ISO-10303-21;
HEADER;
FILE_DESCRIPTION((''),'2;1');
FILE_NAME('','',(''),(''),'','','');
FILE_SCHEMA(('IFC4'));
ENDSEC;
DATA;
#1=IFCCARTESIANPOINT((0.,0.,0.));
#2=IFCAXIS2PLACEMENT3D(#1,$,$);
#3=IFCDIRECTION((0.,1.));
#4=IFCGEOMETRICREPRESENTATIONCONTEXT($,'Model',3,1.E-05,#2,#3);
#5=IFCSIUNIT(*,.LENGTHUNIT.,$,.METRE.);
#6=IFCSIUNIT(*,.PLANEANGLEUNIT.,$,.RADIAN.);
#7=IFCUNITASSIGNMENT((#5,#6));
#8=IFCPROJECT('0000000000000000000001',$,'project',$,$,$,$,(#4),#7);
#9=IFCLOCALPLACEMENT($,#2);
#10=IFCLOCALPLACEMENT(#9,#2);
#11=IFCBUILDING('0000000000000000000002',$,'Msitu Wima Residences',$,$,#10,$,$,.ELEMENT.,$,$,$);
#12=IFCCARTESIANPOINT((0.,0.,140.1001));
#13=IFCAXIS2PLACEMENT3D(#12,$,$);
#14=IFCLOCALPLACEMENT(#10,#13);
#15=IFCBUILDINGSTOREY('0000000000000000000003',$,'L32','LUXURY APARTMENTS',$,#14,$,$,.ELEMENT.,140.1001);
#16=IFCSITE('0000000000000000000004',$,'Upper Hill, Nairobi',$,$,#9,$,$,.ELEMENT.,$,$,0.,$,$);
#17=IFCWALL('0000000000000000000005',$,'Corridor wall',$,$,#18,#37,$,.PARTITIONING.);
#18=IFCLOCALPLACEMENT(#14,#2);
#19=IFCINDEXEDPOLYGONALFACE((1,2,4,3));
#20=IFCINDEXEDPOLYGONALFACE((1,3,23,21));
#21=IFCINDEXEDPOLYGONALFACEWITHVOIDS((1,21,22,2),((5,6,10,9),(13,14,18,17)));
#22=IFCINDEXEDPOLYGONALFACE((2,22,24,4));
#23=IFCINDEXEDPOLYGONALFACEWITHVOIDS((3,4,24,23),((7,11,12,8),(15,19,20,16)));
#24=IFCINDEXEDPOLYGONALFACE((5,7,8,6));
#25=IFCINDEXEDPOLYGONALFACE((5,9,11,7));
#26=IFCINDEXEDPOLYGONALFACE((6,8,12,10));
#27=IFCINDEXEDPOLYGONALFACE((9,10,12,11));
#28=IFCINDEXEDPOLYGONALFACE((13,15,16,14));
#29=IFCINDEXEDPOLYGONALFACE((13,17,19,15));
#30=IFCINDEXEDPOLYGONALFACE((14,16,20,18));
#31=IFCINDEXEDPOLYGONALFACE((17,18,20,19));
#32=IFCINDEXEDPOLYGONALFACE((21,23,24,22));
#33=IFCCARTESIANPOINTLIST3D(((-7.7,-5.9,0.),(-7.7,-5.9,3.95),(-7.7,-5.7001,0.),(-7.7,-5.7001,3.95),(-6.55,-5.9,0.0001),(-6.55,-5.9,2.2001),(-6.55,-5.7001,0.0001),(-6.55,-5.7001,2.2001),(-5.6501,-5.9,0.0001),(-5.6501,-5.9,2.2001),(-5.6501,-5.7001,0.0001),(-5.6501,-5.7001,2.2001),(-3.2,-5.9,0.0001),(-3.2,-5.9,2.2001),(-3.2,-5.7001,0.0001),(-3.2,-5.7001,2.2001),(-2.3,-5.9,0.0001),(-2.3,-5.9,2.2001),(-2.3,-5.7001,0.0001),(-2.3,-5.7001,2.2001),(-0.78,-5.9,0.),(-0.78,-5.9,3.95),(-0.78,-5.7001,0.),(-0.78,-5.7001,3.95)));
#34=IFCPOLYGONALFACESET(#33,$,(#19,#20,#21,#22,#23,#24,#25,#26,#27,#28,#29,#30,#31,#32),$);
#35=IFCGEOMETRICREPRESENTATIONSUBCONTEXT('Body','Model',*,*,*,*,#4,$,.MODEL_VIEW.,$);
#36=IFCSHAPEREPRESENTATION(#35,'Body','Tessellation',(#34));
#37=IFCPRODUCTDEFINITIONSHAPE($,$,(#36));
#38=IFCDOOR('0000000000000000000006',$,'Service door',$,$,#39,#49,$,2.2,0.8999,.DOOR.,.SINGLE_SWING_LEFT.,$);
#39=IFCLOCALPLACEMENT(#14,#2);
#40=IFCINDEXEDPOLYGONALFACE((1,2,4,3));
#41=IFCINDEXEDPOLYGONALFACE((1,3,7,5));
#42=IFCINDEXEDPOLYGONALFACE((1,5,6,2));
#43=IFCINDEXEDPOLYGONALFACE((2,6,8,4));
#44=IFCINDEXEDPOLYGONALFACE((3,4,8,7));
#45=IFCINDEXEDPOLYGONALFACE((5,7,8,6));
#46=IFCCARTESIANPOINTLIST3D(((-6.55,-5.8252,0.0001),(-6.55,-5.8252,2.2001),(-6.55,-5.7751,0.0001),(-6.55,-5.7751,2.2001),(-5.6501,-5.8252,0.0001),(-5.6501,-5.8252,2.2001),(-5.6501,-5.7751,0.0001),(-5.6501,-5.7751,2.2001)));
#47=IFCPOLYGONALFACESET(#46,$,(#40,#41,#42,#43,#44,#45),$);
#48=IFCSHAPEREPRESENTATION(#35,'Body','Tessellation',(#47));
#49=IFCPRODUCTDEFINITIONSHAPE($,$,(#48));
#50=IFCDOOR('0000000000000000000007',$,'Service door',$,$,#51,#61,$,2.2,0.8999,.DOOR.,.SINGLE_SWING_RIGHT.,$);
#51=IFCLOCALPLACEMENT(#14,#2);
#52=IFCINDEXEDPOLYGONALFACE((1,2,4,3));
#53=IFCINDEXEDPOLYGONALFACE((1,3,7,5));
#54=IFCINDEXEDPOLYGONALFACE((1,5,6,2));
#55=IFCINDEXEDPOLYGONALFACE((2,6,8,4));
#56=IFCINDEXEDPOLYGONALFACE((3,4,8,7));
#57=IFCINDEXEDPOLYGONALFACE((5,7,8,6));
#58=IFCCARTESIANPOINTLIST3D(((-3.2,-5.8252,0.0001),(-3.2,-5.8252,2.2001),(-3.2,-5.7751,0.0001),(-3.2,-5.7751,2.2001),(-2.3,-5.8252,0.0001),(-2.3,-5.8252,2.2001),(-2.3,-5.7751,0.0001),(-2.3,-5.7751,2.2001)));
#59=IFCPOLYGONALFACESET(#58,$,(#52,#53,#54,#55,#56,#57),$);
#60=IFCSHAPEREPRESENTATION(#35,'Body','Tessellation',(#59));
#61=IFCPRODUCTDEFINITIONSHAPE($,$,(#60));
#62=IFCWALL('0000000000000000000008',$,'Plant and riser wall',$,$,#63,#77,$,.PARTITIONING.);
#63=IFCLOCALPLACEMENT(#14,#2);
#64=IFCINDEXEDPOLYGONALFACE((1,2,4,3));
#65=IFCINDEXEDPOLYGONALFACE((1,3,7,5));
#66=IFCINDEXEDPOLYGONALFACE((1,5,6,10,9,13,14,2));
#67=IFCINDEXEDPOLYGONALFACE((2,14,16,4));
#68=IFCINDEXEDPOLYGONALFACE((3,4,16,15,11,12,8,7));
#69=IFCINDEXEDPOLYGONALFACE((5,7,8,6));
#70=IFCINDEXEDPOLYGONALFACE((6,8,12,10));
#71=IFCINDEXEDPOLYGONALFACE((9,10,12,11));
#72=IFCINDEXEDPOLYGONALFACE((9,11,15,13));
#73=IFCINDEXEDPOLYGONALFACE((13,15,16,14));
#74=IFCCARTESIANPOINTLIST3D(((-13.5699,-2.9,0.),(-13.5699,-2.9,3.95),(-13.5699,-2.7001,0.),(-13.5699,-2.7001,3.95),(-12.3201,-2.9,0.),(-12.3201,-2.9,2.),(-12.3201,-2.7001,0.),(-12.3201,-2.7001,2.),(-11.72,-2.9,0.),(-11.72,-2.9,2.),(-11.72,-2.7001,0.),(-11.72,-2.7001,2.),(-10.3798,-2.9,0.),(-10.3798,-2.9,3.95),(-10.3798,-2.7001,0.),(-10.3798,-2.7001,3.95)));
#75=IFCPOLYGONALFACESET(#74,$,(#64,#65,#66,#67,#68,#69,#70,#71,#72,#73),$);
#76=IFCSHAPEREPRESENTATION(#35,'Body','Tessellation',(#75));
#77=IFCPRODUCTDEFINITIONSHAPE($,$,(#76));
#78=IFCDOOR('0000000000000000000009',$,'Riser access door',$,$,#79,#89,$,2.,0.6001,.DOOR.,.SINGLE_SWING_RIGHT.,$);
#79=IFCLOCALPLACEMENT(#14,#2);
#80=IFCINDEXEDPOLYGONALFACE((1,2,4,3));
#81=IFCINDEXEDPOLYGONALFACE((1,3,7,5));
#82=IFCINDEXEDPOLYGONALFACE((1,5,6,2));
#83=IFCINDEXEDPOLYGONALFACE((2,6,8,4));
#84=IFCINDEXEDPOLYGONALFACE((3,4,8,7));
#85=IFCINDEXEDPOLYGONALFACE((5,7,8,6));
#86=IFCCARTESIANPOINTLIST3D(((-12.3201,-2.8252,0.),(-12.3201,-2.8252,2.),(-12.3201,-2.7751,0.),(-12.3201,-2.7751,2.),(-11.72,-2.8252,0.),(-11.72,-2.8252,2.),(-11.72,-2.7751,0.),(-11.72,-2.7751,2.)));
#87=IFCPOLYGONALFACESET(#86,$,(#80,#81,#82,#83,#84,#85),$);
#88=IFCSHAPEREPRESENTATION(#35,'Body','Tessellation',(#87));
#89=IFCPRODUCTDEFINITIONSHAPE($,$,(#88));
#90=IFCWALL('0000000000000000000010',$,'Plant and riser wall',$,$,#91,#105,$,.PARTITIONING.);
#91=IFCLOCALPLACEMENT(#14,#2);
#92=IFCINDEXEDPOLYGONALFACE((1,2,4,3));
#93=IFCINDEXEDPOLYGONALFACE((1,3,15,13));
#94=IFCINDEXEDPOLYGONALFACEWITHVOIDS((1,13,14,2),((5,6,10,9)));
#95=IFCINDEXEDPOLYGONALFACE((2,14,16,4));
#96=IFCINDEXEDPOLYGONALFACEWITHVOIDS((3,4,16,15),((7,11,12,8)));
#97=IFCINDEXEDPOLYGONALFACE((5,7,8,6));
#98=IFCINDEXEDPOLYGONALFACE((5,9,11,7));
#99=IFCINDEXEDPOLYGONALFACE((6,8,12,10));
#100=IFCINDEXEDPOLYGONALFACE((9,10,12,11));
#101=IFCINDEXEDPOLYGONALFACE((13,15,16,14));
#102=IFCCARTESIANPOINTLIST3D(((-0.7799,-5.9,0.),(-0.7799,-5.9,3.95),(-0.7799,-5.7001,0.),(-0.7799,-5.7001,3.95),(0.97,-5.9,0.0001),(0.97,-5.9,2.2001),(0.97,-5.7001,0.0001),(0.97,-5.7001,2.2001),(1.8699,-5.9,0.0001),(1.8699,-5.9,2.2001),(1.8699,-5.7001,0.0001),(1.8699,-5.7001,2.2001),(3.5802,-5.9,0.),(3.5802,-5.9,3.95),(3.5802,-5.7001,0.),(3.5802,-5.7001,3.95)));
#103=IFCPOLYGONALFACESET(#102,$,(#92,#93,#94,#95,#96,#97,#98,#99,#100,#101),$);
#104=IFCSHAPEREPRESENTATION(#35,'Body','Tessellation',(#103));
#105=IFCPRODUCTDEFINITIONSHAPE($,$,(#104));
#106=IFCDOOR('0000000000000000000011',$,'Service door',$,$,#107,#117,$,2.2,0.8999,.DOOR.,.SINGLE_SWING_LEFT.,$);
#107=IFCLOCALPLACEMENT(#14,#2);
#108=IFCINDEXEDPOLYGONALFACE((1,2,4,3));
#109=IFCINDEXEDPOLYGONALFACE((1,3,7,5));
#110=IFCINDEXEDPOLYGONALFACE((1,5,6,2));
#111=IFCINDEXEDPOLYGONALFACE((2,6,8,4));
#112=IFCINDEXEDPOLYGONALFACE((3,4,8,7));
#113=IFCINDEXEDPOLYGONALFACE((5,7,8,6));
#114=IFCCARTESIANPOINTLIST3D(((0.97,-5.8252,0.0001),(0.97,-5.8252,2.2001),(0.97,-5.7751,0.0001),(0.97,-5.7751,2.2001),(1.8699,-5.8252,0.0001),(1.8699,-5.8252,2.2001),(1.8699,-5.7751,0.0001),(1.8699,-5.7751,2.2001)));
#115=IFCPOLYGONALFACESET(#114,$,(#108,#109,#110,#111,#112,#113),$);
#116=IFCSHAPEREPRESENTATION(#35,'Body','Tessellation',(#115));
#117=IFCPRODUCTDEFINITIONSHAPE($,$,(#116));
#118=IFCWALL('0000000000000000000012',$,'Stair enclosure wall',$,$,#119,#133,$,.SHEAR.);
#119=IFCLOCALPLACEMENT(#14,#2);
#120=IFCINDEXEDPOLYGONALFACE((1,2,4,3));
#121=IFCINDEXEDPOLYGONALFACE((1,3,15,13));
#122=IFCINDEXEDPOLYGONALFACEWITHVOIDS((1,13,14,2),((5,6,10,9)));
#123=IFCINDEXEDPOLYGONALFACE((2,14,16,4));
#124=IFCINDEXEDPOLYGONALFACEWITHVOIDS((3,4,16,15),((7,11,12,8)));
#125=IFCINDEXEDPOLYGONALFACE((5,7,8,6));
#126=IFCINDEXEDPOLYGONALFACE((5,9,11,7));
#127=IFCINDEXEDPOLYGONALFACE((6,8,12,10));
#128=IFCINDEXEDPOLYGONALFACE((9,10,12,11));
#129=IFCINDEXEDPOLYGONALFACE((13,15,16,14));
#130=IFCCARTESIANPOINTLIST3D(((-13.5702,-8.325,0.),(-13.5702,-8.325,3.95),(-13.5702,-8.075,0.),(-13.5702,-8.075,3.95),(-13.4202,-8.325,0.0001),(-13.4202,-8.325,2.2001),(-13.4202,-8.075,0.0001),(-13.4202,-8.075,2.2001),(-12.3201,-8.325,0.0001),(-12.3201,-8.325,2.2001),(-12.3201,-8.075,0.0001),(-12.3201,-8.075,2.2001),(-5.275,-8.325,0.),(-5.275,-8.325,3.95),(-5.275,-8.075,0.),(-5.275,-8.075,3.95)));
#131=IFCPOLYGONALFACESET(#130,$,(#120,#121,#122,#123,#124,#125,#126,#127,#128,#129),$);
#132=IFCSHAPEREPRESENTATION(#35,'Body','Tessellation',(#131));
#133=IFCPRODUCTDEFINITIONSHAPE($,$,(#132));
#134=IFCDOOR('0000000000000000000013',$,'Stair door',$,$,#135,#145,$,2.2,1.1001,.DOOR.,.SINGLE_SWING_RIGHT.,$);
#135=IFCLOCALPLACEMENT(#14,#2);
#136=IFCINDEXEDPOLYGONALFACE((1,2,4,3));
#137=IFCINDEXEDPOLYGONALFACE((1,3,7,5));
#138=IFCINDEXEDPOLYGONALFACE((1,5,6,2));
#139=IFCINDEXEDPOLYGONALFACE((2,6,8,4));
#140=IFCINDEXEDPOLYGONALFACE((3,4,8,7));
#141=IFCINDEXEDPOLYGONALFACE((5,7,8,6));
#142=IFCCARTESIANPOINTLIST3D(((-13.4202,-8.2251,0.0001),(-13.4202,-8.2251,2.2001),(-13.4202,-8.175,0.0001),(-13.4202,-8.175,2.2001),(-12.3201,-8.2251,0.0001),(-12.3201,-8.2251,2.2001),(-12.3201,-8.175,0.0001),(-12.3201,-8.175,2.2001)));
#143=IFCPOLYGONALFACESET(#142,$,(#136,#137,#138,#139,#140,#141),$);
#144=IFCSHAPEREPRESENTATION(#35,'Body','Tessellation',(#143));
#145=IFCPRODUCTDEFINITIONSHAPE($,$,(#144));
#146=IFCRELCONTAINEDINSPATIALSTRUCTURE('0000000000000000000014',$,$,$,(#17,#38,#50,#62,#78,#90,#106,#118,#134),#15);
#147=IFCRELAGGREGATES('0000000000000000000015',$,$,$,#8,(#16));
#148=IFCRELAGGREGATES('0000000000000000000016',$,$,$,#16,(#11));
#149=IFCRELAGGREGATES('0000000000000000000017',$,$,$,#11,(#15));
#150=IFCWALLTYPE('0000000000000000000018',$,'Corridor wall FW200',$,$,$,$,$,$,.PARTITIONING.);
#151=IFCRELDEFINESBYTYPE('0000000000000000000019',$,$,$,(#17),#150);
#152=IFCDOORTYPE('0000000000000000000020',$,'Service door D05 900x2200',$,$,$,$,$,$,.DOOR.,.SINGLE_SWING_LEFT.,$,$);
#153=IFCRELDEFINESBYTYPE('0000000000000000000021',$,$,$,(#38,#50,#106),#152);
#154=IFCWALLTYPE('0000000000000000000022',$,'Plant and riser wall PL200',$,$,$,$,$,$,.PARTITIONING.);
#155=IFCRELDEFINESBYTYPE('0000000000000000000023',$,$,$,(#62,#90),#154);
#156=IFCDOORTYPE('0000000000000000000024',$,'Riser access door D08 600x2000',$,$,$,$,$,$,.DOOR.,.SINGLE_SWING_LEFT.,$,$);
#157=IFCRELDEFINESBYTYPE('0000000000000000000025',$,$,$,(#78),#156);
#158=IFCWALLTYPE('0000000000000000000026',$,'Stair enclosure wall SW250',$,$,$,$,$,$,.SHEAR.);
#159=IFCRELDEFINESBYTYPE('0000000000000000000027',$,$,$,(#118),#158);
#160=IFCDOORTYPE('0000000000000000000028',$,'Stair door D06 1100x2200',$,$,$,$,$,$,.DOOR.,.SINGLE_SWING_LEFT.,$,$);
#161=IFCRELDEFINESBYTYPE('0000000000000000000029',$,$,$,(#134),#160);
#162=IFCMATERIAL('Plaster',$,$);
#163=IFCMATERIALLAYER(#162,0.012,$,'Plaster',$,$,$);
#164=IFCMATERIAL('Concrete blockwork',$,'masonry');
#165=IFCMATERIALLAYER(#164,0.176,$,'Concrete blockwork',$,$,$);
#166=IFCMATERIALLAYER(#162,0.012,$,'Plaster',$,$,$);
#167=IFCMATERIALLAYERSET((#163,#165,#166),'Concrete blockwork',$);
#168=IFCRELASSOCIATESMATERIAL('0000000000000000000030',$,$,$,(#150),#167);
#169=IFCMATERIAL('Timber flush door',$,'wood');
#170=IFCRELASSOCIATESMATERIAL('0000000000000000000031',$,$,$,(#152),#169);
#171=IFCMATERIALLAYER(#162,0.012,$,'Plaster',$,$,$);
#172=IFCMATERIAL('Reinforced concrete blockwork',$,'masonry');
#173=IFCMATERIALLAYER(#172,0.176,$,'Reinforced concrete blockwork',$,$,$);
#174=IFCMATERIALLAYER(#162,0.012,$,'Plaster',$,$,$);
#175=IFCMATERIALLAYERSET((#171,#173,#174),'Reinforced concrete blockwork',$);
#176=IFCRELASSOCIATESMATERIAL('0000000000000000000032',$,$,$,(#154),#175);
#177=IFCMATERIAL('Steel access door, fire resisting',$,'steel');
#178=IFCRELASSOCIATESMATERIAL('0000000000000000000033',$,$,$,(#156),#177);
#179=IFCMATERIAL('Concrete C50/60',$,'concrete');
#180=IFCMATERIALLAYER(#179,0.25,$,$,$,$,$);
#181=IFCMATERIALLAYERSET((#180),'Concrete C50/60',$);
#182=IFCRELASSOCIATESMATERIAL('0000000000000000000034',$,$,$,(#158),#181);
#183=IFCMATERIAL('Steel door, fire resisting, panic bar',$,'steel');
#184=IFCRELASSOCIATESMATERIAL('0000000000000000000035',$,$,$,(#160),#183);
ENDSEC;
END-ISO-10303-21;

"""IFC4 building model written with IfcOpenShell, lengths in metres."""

from ifc_helpers import new_model, si_unit, direction, frame, frame_2d, origin, place, context, subcontext, project, spatial, rectangle, extrude, material, layer, layer_set, type_object, element, fill, save


model = new_model("IFC4")

# Units and contexts
model_context = context("Model", 3, precision=1e-05, world=origin(), true_north=direction((0.0, 1.0)))
body_context = subcontext(model_context, "Body", "Model", "MODEL_VIEW")
ifc_project = project(units=[si_unit("LENGTHUNIT", "METRE"), si_unit("PLANEANGLEUNIT", "RADIAN")], contexts=[model_context])

# Site, building, storey
site_placement = place(None, origin())
site = spatial("IfcSite", under=ifc_project, at=site_placement, Name="Upper Hill, Nairobi", CompositionType="ELEMENT", RefElevation=0.0)
building_placement = place(site_placement, origin())
building = spatial("IfcBuilding", under=site, at=building_placement, Name="Msitu Wima Residences", CompositionType="ELEMENT")
storey_placement = place(building_placement, frame((0.0, 0.0, 140.1001)))
storey = spatial("IfcBuildingStorey", under=building, at=storey_placement, Name="L32", Description="LUXURY APARTMENTS", CompositionType="ELEMENT", Elevation=140.1001)

# Shared definitions
ifc_material_1 = material(Name="Plaster")
ifc_layer_1 = layer(ifc_material_1, 0.012, Name="Plaster")
ifc_material_2 = material(Name="Concrete blockwork", Category="masonry")
ifc_layer_2 = layer(ifc_material_2, 0.176, Name="Concrete blockwork")
ifc_layer_3 = layer(ifc_material_1, 0.012, Name="Plaster")
ifc_layer_set_1 = layer_set([ifc_layer_1, ifc_layer_2, ifc_layer_3], Name="Concrete blockwork")
wall_type_1 = type_object("IfcWallType", Name="Corridor wall FW200", PredefinedType="PARTITIONING", material=ifc_layer_set_1)

# Wall, openings, doors
wall_1_placement = place(storey_placement, frame((-7.7, -5.8, 0.0), z_axis=(0.0, 0.0, 1.0), x_axis=(1.0, 0.0, 0.0)))
wall_1 = element("IfcWall", 1, at=wall_1_placement, inside=storey, type_object=wall_type_1, Name="Corridor wall", PredefinedType="PARTITIONING", context=body_context, shape_type="SweptSolid", body=[
    extrude(rectangle(XDim=6.9199, YDim=0.2, at=frame_2d((3.46, 0.0))), origin(), (0.0, 0.0, 1.0), 3.95),
])
opening_1_placement = place(wall_1_placement, frame((1.1499, 0.0, 0.0)))
opening_1 = element("IfcOpeningElement", 2, at=opening_1_placement, cuts=wall_1, PredefinedType="OPENING", context=body_context, shape_type="SweptSolid", body=[
    extrude(rectangle(XDim=0.8999, YDim=2.2, at=frame_2d((0.45, 1.1001))), frame((0.0, 0.1099, 0.0), z_axis=(0.0, -1.0, 0.0), x_axis=(1.0, 0.0, 0.0)), (0.0, 0.0, 1.0), 0.22),
])
opening_2_placement = place(wall_1_placement, frame((4.5, 0.0, 0.0)))
opening_2 = element("IfcOpeningElement", 3, at=opening_2_placement, cuts=wall_1, PredefinedType="OPENING", context=body_context, shape_type="SweptSolid", body=[
    extrude(rectangle(XDim=0.8999, YDim=2.2, at=frame_2d((0.45, 1.1001))), frame((0.0, 0.1099, 0.0), z_axis=(0.0, -1.0, 0.0), x_axis=(1.0, 0.0, 0.0)), (0.0, 0.0, 1.0), 0.22),
])
ifc_material_3 = material(Name="Timber flush door", Category="wood")
door_type_1 = type_object("IfcDoorType", Name="Service door D05 900x2200", OperationType="SINGLE_SWING_LEFT", PredefinedType="DOOR", material=ifc_material_3)
door_1_placement = place(opening_1_placement, origin())
door_1 = element("IfcDoor", 4, at=door_1_placement, inside=storey, type_object=door_type_1, Name="Service door", OperationType="SINGLE_SWING_LEFT", OverallHeight=2.2, OverallWidth=0.8999, PredefinedType="DOOR", context=body_context, shape_type="SweptSolid", body=[
    extrude(rectangle(XDim=0.8999, YDim=2.2, at=frame_2d((0.45, 1.1001))), frame((0.0, 0.0249, 0.0), z_axis=(0.0, -1.0, 0.0), x_axis=(1.0, 0.0, 0.0)), (0.0, 0.0, 1.0), 0.05),
])
fill(opening_1, door_1)
door_2_placement = place(opening_2_placement, origin())
door_2 = element("IfcDoor", 5, at=door_2_placement, inside=storey, type_object=door_type_1, Name="Service door", OperationType="SINGLE_SWING_RIGHT", OverallHeight=2.2, OverallWidth=0.8999, PredefinedType="DOOR", context=body_context, shape_type="SweptSolid", body=[
    extrude(rectangle(XDim=0.8999, YDim=2.2, at=frame_2d((0.45, 1.1001))), frame((0.0, 0.0249, 0.0), z_axis=(0.0, -1.0, 0.0), x_axis=(1.0, 0.0, 0.0)), (0.0, 0.0, 1.0), 0.05),
])
fill(opening_2, door_2)

# Walls, openings, doors
ifc_layer_4 = layer(ifc_material_1, 0.012, Name="Plaster")
ifc_material_4 = material(Name="Reinforced concrete blockwork", Category="masonry")
ifc_layer_5 = layer(ifc_material_4, 0.176, Name="Reinforced concrete blockwork")
ifc_layer_6 = layer(ifc_material_1, 0.012, Name="Plaster")
ifc_layer_set_2 = layer_set([ifc_layer_4, ifc_layer_5, ifc_layer_6], Name="Reinforced concrete blockwork")
wall_type_2 = type_object("IfcWallType", Name="Plant and riser wall PL200", PredefinedType="PARTITIONING", material=ifc_layer_set_2)
wall_2_placement = place(storey_placement, frame((-13.5701, -2.8, 0.0), z_axis=(0.0, 0.0, 1.0), x_axis=(1.0, 0.0, 0.0)))
wall_2 = element("IfcWall", 6, at=wall_2_placement, inside=storey, type_object=wall_type_2, Name="Plant and riser wall", PredefinedType="PARTITIONING", context=body_context, shape_type="SweptSolid", body=[
    extrude(rectangle(XDim=3.1902, YDim=0.2, at=frame_2d((1.5952, 0.0))), origin(), (0.0, 0.0, 1.0), 3.95),
])
opening_3_placement = place(wall_2_placement, frame((1.25, 0.0, 0.0)))
opening_3 = element("IfcOpeningElement", 7, at=opening_3_placement, cuts=wall_2, PredefinedType="OPENING", context=body_context, shape_type="SweptSolid", body=[
    extrude(rectangle(XDim=0.6001, YDim=2.0, at=frame_2d((0.3, 1.0))), frame((0.0, 0.1099, 0.0), z_axis=(0.0, -1.0, 0.0), x_axis=(1.0, 0.0, 0.0)), (0.0, 0.0, 1.0), 0.22),
])
ifc_material_5 = material(Name="Steel access door, fire resisting", Category="steel")
door_type_2 = type_object("IfcDoorType", Name="Riser access door D08 600x2000", OperationType="SINGLE_SWING_LEFT", PredefinedType="DOOR", material=ifc_material_5)
door_3_placement = place(opening_3_placement, origin())
door_3 = element("IfcDoor", 8, at=door_3_placement, inside=storey, type_object=door_type_2, Name="Riser access door", OperationType="SINGLE_SWING_RIGHT", OverallHeight=2.0, OverallWidth=0.6001, PredefinedType="DOOR", context=body_context, shape_type="SweptSolid", body=[
    extrude(rectangle(XDim=0.6001, YDim=2.0, at=frame_2d((0.3, 1.0))), frame((0.0, 0.0249, 0.0), z_axis=(0.0, -1.0, 0.0), x_axis=(1.0, 0.0, 0.0)), (0.0, 0.0, 1.0), 0.05),
])
fill(opening_3, door_3)
wall_3_placement = place(storey_placement, frame((-0.78, -5.8, 0.0), z_axis=(0.0, 0.0, 1.0), x_axis=(1.0, 0.0, 0.0)))
wall_3 = element("IfcWall", 9, at=wall_3_placement, inside=storey, type_object=wall_type_2, Name="Plant and riser wall", PredefinedType="PARTITIONING", context=body_context, shape_type="SweptSolid", body=[
    extrude(rectangle(XDim=4.3601, YDim=0.2, at=frame_2d((2.1802, 0.0))), origin(), (0.0, 0.0, 1.0), 3.95),
])
opening_4_placement = place(wall_3_placement, frame((1.75, 0.0, 0.0)))
opening_4 = element("IfcOpeningElement", 10, at=opening_4_placement, cuts=wall_3, PredefinedType="OPENING", context=body_context, shape_type="SweptSolid", body=[
    extrude(rectangle(XDim=0.8999, YDim=2.2, at=frame_2d((0.45, 1.1001))), frame((0.0, 0.1099, 0.0), z_axis=(0.0, -1.0, 0.0), x_axis=(1.0, 0.0, 0.0)), (0.0, 0.0, 1.0), 0.22),
])
door_4_placement = place(opening_4_placement, origin())
door_4 = element("IfcDoor", 11, at=door_4_placement, inside=storey, type_object=door_type_1, Name="Service door", OperationType="SINGLE_SWING_LEFT", OverallHeight=2.2, OverallWidth=0.8999, PredefinedType="DOOR", context=body_context, shape_type="SweptSolid", body=[
    extrude(rectangle(XDim=0.8999, YDim=2.2, at=frame_2d((0.45, 1.1001))), frame((0.0, 0.0249, 0.0), z_axis=(0.0, -1.0, 0.0), x_axis=(1.0, 0.0, 0.0)), (0.0, 0.0, 1.0), 0.05),
])
fill(opening_4, door_4)
ifc_material_6 = material(Name="Concrete C50/60", Category="concrete")
ifc_layer_7 = layer(ifc_material_6, 0.25)
ifc_layer_set_3 = layer_set([ifc_layer_7], Name="Concrete C50/60")
wall_type_3 = type_object("IfcWallType", Name="Stair enclosure wall SW250", PredefinedType="SHEAR", material=ifc_layer_set_3)
wall_4_placement = place(storey_placement, frame((-13.5701, -8.2, 0.0), z_axis=(0.0, 0.0, 1.0), x_axis=(1.0, 0.0, 0.0)))
wall_4 = element("IfcWall", 12, at=wall_4_placement, inside=storey, type_object=wall_type_3, Name="Stair enclosure wall", PredefinedType="SHEAR", context=body_context, shape_type="SweptSolid", body=[
    extrude(rectangle(XDim=8.2952, YDim=0.25, at=frame_2d((4.1475, 0.0))), origin(), (0.0, 0.0, 1.0), 3.95),
])
opening_5_placement = place(wall_4_placement, frame((0.1499, 0.0, 0.0)))
opening_5 = element("IfcOpeningElement", 13, at=opening_5_placement, cuts=wall_4, PredefinedType="OPENING", context=body_context, shape_type="SweptSolid", body=[
    extrude(rectangle(XDim=1.1001, YDim=2.2, at=frame_2d((0.55, 1.1001))), frame((0.0, 0.135, 0.0), z_axis=(0.0, -1.0, 0.0), x_axis=(1.0, 0.0, 0.0)), (0.0, 0.0, 1.0), 0.27),
])
ifc_material_7 = material(Name="Steel door, fire resisting, panic bar", Category="steel")
door_type_3 = type_object("IfcDoorType", Name="Stair door D06 1100x2200", OperationType="SINGLE_SWING_LEFT", PredefinedType="DOOR", material=ifc_material_7)
door_5_placement = place(opening_5_placement, origin())
door_5 = element("IfcDoor", 14, at=door_5_placement, inside=storey, type_object=door_type_3, Name="Stair door", OperationType="SINGLE_SWING_RIGHT", OverallHeight=2.2, OverallWidth=1.1001, PredefinedType="DOOR", context=body_context, shape_type="SweptSolid", body=[
    extrude(rectangle(XDim=1.1001, YDim=2.2, at=frame_2d((0.55, 1.1001))), frame((0.0, 0.0249, 0.0), z_axis=(0.0, -1.0, 0.0), x_axis=(1.0, 0.0, 0.0)), (0.0, 0.0, 1.0), 0.05),
])
fill(opening_5, door_5)

save(model, "model.ifc")
